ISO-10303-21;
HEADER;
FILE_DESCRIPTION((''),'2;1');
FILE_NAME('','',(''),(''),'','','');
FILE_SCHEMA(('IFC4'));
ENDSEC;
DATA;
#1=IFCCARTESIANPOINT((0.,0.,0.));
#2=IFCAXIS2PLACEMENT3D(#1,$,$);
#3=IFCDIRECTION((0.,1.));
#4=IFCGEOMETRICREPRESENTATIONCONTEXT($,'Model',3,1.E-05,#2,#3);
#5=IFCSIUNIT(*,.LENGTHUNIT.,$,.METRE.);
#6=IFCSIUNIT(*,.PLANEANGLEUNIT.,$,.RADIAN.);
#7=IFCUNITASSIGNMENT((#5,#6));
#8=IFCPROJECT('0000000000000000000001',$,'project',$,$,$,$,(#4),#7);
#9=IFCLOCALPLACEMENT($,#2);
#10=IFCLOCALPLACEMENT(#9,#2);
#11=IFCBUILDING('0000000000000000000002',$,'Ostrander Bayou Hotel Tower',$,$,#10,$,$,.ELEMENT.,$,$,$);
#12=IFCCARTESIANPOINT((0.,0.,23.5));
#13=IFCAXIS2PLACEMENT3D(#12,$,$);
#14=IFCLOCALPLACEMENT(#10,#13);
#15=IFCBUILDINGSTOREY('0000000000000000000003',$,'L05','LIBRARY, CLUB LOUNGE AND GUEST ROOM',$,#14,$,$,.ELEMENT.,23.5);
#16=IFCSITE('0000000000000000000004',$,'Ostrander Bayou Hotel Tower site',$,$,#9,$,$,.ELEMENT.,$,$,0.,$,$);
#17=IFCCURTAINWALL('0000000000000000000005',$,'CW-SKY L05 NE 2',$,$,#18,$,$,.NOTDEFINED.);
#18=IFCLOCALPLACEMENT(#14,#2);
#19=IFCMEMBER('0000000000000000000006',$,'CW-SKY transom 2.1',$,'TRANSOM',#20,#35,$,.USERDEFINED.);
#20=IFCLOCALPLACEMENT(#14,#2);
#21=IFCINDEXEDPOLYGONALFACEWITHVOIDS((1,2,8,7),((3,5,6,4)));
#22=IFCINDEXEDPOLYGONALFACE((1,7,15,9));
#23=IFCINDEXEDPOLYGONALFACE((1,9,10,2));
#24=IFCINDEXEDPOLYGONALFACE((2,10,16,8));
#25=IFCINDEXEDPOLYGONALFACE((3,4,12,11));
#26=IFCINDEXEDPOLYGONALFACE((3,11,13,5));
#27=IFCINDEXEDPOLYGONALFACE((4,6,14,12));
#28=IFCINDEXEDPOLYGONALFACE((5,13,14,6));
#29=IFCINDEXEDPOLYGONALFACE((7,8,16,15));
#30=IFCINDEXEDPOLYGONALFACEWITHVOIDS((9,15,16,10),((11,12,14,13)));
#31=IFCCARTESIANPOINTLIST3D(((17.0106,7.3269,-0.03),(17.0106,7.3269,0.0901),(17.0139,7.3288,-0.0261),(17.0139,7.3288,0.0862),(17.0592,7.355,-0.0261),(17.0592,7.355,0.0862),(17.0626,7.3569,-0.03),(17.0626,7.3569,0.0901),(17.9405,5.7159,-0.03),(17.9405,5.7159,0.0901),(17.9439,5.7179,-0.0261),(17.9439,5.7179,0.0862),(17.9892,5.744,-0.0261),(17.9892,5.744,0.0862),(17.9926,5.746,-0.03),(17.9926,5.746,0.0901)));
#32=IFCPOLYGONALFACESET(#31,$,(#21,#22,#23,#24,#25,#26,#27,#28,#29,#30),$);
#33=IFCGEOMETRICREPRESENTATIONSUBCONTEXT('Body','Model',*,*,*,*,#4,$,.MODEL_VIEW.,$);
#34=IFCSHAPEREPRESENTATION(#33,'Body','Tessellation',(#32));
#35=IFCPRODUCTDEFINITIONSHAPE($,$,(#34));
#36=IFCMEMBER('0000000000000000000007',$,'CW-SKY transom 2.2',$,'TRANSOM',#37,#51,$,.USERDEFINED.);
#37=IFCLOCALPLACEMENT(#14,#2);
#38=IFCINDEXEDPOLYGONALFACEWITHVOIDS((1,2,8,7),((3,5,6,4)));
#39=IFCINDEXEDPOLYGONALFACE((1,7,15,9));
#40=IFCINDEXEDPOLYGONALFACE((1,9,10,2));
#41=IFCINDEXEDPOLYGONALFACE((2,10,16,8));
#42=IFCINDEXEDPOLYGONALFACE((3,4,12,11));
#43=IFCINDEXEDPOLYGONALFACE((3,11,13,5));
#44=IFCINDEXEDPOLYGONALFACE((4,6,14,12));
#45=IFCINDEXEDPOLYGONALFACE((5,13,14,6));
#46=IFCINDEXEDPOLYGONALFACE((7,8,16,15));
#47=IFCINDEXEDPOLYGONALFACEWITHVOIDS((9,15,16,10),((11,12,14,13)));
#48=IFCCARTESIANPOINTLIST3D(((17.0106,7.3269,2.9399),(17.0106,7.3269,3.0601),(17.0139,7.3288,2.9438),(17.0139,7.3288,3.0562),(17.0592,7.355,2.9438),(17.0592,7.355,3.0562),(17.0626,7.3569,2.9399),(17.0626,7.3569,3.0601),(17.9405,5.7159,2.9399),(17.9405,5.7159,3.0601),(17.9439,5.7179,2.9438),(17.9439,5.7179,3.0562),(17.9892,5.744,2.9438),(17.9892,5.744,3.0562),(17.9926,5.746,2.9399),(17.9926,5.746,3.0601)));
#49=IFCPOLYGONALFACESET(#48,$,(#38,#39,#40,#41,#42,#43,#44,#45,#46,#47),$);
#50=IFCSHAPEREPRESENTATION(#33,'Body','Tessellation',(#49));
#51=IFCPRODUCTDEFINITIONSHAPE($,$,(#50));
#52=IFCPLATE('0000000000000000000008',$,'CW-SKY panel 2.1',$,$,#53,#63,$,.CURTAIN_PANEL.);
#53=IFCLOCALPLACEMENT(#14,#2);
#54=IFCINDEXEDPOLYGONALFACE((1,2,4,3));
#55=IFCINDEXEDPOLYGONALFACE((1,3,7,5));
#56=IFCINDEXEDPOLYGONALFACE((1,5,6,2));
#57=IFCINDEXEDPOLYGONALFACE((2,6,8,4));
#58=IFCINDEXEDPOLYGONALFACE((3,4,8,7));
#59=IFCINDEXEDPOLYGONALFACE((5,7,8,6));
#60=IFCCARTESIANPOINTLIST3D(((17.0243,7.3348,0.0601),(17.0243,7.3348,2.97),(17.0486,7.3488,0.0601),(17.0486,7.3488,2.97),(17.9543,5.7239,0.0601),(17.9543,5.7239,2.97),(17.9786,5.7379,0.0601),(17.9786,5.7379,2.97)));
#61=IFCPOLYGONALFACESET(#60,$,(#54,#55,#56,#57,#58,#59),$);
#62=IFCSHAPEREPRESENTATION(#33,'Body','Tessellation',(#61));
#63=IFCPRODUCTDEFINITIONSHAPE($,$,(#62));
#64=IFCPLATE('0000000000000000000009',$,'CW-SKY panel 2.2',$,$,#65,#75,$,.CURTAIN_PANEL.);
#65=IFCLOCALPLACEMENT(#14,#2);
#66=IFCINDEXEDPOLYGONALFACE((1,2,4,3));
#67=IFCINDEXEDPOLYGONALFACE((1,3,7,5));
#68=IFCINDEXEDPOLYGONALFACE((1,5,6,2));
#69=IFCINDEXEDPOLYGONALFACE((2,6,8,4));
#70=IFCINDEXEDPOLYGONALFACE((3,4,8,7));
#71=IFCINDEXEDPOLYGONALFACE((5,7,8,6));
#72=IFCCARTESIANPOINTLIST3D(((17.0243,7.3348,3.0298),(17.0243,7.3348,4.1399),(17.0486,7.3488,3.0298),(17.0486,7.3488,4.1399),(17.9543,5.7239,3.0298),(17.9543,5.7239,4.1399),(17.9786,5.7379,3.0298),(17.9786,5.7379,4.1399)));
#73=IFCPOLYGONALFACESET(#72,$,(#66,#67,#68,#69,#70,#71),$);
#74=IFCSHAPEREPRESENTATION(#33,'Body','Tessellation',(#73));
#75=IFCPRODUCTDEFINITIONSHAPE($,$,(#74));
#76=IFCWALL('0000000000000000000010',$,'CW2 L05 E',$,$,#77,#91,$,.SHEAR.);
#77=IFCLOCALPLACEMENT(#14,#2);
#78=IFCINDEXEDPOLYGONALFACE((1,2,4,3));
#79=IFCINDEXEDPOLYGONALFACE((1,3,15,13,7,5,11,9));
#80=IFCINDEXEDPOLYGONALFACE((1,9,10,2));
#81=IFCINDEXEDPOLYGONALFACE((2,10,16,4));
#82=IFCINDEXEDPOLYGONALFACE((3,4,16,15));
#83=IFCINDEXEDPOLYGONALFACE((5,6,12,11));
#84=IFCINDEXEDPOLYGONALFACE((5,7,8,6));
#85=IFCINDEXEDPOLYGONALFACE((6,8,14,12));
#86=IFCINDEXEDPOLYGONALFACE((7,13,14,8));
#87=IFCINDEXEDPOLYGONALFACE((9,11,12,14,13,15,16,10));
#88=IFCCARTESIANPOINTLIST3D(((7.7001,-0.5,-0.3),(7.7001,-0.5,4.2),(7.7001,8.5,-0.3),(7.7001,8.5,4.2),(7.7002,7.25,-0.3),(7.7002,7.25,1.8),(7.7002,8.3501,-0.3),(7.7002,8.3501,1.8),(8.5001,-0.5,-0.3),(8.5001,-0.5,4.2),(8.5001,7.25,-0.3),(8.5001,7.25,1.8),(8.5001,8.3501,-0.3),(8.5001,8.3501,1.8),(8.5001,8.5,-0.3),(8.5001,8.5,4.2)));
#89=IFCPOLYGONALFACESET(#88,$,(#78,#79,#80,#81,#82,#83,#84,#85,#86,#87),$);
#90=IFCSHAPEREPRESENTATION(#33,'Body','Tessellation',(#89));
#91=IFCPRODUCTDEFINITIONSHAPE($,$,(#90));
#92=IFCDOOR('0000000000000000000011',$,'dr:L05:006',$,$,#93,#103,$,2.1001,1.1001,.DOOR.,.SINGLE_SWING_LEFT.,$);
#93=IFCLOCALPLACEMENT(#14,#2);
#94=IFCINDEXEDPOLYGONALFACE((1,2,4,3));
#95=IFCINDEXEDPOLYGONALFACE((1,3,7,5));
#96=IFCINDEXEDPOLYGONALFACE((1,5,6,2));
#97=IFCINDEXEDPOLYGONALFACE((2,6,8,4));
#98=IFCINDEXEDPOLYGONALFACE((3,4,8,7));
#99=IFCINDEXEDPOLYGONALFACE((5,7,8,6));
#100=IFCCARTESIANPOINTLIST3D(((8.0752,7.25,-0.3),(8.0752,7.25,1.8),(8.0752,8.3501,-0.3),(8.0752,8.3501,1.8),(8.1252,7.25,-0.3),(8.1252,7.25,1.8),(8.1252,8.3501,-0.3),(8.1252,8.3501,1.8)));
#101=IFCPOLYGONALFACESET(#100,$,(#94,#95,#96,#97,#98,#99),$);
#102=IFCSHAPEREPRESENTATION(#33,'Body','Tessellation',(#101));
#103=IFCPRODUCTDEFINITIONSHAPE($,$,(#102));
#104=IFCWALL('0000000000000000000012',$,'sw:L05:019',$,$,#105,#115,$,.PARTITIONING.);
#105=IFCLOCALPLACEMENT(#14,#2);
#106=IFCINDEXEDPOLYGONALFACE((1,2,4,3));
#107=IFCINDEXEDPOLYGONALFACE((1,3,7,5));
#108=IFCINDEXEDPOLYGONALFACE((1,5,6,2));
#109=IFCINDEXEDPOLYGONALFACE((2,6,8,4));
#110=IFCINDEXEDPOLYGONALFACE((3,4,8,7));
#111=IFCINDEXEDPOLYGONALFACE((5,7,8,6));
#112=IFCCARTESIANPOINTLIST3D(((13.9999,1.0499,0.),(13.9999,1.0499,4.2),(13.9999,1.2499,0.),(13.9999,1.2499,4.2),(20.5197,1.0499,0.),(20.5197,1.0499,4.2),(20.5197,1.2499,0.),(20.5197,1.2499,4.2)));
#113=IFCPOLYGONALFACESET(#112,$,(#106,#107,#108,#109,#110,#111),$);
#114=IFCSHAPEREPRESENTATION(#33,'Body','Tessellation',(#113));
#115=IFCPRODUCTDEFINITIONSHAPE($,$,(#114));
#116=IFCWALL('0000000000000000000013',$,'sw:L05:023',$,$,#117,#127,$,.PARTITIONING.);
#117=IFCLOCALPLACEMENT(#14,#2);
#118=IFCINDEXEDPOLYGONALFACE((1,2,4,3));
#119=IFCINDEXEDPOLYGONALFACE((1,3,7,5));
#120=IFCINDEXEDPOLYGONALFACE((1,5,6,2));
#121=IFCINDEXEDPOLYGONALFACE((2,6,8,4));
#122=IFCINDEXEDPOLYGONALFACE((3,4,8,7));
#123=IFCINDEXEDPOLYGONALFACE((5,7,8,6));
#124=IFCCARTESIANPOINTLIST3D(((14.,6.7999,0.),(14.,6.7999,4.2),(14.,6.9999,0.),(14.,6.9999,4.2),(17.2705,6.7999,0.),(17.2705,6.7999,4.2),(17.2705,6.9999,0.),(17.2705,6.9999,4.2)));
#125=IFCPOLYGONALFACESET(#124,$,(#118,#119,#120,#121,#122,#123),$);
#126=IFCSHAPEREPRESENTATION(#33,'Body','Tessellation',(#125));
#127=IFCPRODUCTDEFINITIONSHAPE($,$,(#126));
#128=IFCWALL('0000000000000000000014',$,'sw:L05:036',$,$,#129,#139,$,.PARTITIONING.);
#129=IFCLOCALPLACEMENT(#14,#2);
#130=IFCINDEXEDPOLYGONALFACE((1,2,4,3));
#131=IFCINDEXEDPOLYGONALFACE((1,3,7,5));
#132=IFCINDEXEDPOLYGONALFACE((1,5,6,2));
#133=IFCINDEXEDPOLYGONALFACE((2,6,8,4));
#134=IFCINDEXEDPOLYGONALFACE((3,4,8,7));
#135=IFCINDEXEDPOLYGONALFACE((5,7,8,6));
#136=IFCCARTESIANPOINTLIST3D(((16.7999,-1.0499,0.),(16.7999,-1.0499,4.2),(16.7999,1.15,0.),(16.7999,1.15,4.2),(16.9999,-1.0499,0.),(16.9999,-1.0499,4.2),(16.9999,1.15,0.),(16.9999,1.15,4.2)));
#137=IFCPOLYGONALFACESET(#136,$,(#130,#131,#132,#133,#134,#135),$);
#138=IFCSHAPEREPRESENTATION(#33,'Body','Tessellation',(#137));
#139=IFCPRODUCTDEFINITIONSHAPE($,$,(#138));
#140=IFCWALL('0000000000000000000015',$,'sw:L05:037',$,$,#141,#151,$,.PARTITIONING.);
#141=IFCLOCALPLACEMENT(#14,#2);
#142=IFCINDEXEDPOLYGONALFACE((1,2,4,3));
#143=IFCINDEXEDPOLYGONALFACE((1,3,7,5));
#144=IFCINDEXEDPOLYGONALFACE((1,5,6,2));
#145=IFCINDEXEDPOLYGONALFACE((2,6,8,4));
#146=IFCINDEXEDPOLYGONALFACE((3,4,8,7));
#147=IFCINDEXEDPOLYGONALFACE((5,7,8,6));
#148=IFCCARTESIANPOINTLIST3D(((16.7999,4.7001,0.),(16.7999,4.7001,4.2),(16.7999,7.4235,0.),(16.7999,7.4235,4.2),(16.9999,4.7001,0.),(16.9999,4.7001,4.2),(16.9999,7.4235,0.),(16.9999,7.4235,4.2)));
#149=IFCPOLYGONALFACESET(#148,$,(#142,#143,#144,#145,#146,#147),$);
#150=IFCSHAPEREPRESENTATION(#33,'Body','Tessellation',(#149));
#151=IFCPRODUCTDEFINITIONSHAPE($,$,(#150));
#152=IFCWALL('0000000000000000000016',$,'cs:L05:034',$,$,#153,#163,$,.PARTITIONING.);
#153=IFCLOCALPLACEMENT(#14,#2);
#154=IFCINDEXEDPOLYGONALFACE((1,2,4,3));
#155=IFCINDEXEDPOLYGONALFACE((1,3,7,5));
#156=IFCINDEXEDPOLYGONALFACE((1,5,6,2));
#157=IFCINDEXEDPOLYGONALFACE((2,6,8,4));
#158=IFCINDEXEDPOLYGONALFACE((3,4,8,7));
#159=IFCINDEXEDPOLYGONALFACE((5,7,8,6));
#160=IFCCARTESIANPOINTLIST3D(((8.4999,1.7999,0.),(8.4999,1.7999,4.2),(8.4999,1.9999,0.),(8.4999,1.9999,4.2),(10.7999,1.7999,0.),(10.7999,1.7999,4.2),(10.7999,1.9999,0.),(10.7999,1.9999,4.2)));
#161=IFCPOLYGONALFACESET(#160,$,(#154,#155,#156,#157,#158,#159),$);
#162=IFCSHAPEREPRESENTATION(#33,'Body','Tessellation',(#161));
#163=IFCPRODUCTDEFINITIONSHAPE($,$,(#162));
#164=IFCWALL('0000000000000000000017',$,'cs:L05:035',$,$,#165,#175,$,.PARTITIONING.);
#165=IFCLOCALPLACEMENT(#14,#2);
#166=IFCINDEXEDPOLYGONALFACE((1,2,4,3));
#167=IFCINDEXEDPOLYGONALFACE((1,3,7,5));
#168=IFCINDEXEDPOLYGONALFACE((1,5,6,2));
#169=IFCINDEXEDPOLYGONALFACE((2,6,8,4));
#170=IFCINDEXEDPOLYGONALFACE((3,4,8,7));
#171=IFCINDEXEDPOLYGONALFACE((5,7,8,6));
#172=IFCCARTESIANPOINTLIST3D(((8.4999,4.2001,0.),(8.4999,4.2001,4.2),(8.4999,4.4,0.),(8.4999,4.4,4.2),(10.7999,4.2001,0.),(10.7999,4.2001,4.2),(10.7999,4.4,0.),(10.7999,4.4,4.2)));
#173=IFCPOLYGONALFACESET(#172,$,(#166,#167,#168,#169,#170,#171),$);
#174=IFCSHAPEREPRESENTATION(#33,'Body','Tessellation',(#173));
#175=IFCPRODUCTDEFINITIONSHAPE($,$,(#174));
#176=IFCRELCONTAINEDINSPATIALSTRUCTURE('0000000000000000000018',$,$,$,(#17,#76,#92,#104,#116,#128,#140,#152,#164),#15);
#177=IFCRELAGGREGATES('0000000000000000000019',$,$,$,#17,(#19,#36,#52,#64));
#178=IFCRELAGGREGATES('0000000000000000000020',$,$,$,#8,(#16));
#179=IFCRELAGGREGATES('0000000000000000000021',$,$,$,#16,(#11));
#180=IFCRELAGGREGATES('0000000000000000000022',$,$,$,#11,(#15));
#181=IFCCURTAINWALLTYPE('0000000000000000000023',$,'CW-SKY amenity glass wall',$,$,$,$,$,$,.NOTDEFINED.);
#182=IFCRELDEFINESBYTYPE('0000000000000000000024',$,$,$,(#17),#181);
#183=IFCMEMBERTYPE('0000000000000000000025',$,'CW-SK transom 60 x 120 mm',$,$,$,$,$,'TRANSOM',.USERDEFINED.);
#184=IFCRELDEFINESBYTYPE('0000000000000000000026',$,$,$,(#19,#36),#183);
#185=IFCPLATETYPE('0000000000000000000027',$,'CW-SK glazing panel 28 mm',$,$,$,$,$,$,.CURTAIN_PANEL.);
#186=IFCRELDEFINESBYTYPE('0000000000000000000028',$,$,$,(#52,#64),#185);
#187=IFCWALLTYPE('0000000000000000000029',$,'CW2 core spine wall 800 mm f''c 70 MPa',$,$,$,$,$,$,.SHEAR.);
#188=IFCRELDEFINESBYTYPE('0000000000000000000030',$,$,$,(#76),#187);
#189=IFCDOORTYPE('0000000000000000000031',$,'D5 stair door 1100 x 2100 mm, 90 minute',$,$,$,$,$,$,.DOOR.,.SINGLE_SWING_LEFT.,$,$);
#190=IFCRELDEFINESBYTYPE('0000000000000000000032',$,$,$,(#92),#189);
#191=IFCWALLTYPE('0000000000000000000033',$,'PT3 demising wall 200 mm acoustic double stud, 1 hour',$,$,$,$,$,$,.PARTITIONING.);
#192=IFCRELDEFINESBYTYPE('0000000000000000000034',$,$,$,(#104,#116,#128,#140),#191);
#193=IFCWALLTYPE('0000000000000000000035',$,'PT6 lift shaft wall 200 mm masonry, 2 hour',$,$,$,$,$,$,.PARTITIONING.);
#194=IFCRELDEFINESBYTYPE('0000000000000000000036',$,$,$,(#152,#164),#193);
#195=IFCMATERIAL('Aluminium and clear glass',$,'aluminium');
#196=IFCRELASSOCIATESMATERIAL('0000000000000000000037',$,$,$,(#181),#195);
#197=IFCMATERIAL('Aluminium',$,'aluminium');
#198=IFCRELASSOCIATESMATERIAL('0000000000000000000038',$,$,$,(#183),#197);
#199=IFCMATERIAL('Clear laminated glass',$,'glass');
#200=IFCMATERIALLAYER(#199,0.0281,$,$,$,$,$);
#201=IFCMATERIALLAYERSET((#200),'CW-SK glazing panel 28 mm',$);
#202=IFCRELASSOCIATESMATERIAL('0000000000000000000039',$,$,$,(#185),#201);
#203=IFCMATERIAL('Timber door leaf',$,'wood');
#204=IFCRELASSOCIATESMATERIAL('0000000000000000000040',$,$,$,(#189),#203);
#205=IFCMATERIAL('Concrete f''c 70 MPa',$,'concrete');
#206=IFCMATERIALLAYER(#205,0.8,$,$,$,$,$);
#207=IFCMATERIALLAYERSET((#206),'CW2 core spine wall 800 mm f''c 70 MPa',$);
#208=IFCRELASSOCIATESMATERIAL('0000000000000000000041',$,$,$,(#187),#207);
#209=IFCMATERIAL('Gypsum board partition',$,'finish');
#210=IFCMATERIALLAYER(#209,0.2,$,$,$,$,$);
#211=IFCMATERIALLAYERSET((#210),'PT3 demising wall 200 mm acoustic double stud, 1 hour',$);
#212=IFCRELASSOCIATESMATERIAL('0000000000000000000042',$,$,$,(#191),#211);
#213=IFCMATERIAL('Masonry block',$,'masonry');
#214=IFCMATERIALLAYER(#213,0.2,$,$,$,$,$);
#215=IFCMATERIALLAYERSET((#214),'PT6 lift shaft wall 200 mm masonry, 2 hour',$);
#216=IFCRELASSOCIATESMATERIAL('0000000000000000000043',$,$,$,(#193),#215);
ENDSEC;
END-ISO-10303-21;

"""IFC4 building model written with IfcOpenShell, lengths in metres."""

from ifc_helpers import new_model, si_unit, direction, frame, frame_2d, origin, origin_2d, place, context, subcontext, project, spatial, rectangle, hollow_rectangle, extrude, material, layer, layer_set, material_profile, profile_set, type_object, element, fill, aggregate, save


model = new_model("IFC4")

# Units and contexts
model_context = context("Model", 3, precision=1e-05, world=origin(), true_north=direction((0.0, 1.0)))
body_context = subcontext(model_context, "Body", "Model", "MODEL_VIEW")
ifc_project = project(units=[si_unit("LENGTHUNIT", "METRE"), si_unit("PLANEANGLEUNIT", "RADIAN")], contexts=[model_context])

# Site, building, storey
site_placement = place(None, origin())
site = spatial("IfcSite", under=ifc_project, at=site_placement, Name="Ostrander Bayou Hotel Tower site", CompositionType="ELEMENT", RefElevation=0.0)
building_placement = place(site_placement, origin())
building = spatial("IfcBuilding", under=site, at=building_placement, Name="Ostrander Bayou Hotel Tower", CompositionType="ELEMENT")
storey_placement = place(building_placement, frame((0.0, 0.0, 23.5)))
storey = spatial("IfcBuildingStorey", under=building, at=storey_placement, Name="L05", Description="LIBRARY, CLUB LOUNGE AND GUEST ROOM", CompositionType="ELEMENT", Elevation=23.5)

# Curtain wall, members, plates
ifc_material_1 = material(Name="Aluminium and clear glass", Category="aluminium")
curtain_wall_type = type_object("IfcCurtainWallType", Name="CW-SKY amenity glass wall", PredefinedType="NOTDEFINED", material=ifc_material_1)
curtain_wall_placement = place(storey_placement, origin())
curtain_wall = element("IfcCurtainWall", 1, at=curtain_wall_placement, inside=storey, type_object=curtain_wall_type, Name="CW-SKY L05 NE 2", PredefinedType="NOTDEFINED")
ifc_material_2 = material(Name="Aluminium", Category="aluminium")
ifc_material_profile = material_profile(ifc_material_2, hollow_rectangle(XDim=0.0601, YDim=0.1201, WallThickness=0.0039, at=origin_2d()))
ifc_profile_set = profile_set([ifc_material_profile], Name="Aluminium")
member_type = type_object("IfcMemberType", Name="CW-SK transom 60 x 120 mm", ElementType="TRANSOM", PredefinedType="USERDEFINED", material=ifc_profile_set)
member_1_placement = place(storey_placement, frame((17.9666, 5.731, 0.03), z_axis=(-0.499965, 0.866046, 0.0), x_axis=(-0.866046, -0.499965, 0.0)))
member_1 = element("IfcMember", 2, at=member_1_placement, type_object=member_type, Name="CW-SKY transom 2.1", ObjectType="TRANSOM", PredefinedType="USERDEFINED", context=body_context, shape_type="SweptSolid", body=[
    extrude(hollow_rectangle(XDim=0.0601, YDim=0.1201, WallThickness=0.0039, at=origin_2d()), origin(), (0.0, 0.0, 1.0), 1.8601),
])
member_2_placement = place(storey_placement, frame((17.9666, 5.731, 3.0), z_axis=(-0.499965, 0.866046, 0.0), x_axis=(-0.866046, -0.499965, 0.0)))
member_2 = element("IfcMember", 3, at=member_2_placement, type_object=member_type, Name="CW-SKY transom 2.2", ObjectType="TRANSOM", PredefinedType="USERDEFINED", context=body_context, shape_type="SweptSolid", body=[
    extrude(hollow_rectangle(XDim=0.0601, YDim=0.1201, WallThickness=0.0039, at=origin_2d()), origin(), (0.0, 0.0, 1.0), 1.8601),
])
ifc_material_3 = material(Name="Clear laminated glass", Category="glass")
ifc_layer_1 = layer(ifc_material_3, 0.0281)
ifc_layer_set_1 = layer_set([ifc_layer_1], Name="CW-SK glazing panel 28 mm")
plate_type = type_object("IfcPlateType", Name="CW-SK glazing panel 28 mm", PredefinedType="CURTAIN_PANEL", material=ifc_layer_set_1)
plate_1_placement = place(storey_placement, frame((17.5015, 6.5364, 0.0601), z_axis=(0.0, 0.0, 1.0), x_axis=(-0.5, 0.866025, 0.0)))
plate_1 = element("IfcPlate", 4, at=plate_1_placement, type_object=plate_type, Name="CW-SKY panel 2.1", PredefinedType="CURTAIN_PANEL", context=body_context, shape_type="SweptSolid", body=[
    extrude(rectangle(XDim=1.8601, YDim=0.0281, at=origin_2d()), origin(), (0.0, 0.0, 1.0), 2.9099),
])
plate_2_placement = place(storey_placement, frame((17.5015, 6.5364, 3.0298), z_axis=(0.0, 0.0, 1.0), x_axis=(-0.5, 0.866025, 0.0)))
plate_2 = element("IfcPlate", 5, at=plate_2_placement, type_object=plate_type, Name="CW-SKY panel 2.2", PredefinedType="CURTAIN_PANEL", context=body_context, shape_type="SweptSolid", body=[
    extrude(rectangle(XDim=1.8601, YDim=0.0281, at=origin_2d()), origin(), (0.0, 0.0, 1.0), 1.1101),
])
aggregate(curtain_wall, [member_1, member_2, plate_1, plate_2])

# Shared definitions
ifc_material_4 = material(Name="Timber door leaf", Category="wood")
door_type_1 = type_object("IfcDoorType", Name="D5 stair door 1100 x 2100 mm, 90 minute", OperationType="SINGLE_SWING_LEFT", PredefinedType="DOOR", material=ifc_material_4)

# Wall, opening, door
ifc_material_5 = material(Name="Concrete f'c 70 MPa", Category="concrete")
ifc_layer_2 = layer(ifc_material_5, 0.8)
ifc_layer_set_2 = layer_set([ifc_layer_2], Name="CW2 core spine wall 800 mm f'c 70 MPa")
wall_type_1 = type_object("IfcWallType", Name="CW2 core spine wall 800 mm f'c 70 MPa", PredefinedType="SHEAR", material=ifc_layer_set_2)
wall_1_placement = place(storey_placement, frame((8.1001, -0.5, -0.3), z_axis=(0.0, 0.0, 1.0), x_axis=(0.0, 1.0, 0.0)))
wall_1 = element("IfcWall", 6, at=wall_1_placement, inside=storey, type_object=wall_type_1, Name="CW2 L05 E", PredefinedType="SHEAR", context=body_context, shape_type="SweptSolid", body=[
    extrude(rectangle(XDim=9.0, YDim=0.8, at=frame_2d((4.5, 0.0))), origin(), (0.0, 0.0, 1.0), 4.5),
])
opening_1_placement = place(wall_1_placement, frame((7.75, 0.0, 0.0)))
opening_1 = element("IfcOpeningElement", 7, at=opening_1_placement, cuts=wall_1, PredefinedType="OPENING", context=body_context, shape_type="SweptSolid", body=[
    extrude(rectangle(XDim=1.1001, YDim=2.1001, at=frame_2d((0.55, 1.05))), frame((0.0, 0.3999, 0.0), z_axis=(0.0, -1.0, 0.0), x_axis=(1.0, 0.0, 0.0)), (0.0, 0.0, 1.0), 0.8),
])
door_1_placement = place(opening_1_placement, origin())
door_1 = element("IfcDoor", 8, at=door_1_placement, inside=storey, type_object=door_type_1, Name="dr:L05:006", OperationType="SINGLE_SWING_LEFT", OverallHeight=2.1001, OverallWidth=1.1001, PredefinedType="DOOR", context=body_context, shape_type="SweptSolid", body=[
    extrude(rectangle(XDim=1.1001, YDim=2.1001, at=frame_2d((0.55, 1.05))), frame((0.0, 0.0249, 0.0), z_axis=(0.0, -1.0, 0.0), x_axis=(1.0, 0.0, 0.0)), (0.0, 0.0, 1.0), 0.05),
])
fill(opening_1, door_1)
ifc_material_6 = material(Name="Gypsum board partition", Category="finish")
ifc_layer_3 = layer(ifc_material_6, 0.2)
ifc_layer_set_3 = layer_set([ifc_layer_3], Name="PT3 demising wall 200 mm acoustic double stud, 1 hour")
wall_type_2 = type_object("IfcWallType", Name="PT3 demising wall 200 mm acoustic double stud, 1 hour", PredefinedType="PARTITIONING", material=ifc_layer_set_3)

# Wall
wall_2_placement = place(storey_placement, frame((14.0, 1.1499, 0.0), z_axis=(0.0, 0.0, 1.0), x_axis=(1.0, 0.0, 0.0)))
element("IfcWall", 9, at=wall_2_placement, inside=storey, type_object=wall_type_2, Name="sw:L05:019", PredefinedType="PARTITIONING", context=body_context, shape_type="SweptSolid", body=[
    extrude(rectangle(XDim=6.5198, YDim=0.2, at=frame_2d((3.2598, 0.0))), origin(), (0.0, 0.0, 1.0), 4.2),
])

# Walls
wall_3_placement = place(storey_placement, frame((14.0, 6.8999, 0.0), z_axis=(0.0, 0.0, 1.0), x_axis=(1.0, 0.0, 0.0)))
element("IfcWall", 10, at=wall_3_placement, inside=storey, type_object=wall_type_2, Name="sw:L05:023", PredefinedType="PARTITIONING", context=body_context, shape_type="SweptSolid", body=[
    extrude(rectangle(XDim=3.2705, YDim=0.2, at=frame_2d((1.6353, 0.0))), origin(), (0.0, 0.0, 1.0), 4.2),
])
wall_4_placement = place(storey_placement, frame((16.8999, -1.05, 0.0), z_axis=(0.0, 0.0, 1.0), x_axis=(0.0, 1.0, 0.0)))
element("IfcWall", 11, at=wall_4_placement, inside=storey, type_object=wall_type_2, Name="sw:L05:036", PredefinedType="PARTITIONING", context=body_context, shape_type="SweptSolid", body=[
    extrude(rectangle(XDim=2.2, YDim=0.2, at=frame_2d((1.1001, 0.0))), origin(), (0.0, 0.0, 1.0), 4.2),
])
wall_5_placement = place(storey_placement, frame((16.8999, 4.7, 0.0), z_axis=(0.0, 0.0, 1.0), x_axis=(0.0, 1.0, 0.0)))
element("IfcWall", 12, at=wall_5_placement, inside=storey, type_object=wall_type_2, Name="sw:L05:037", PredefinedType="PARTITIONING", context=body_context, shape_type="SweptSolid", body=[
    extrude(rectangle(XDim=2.7234, YDim=0.2, at=frame_2d((1.3618, 0.0))), origin(), (0.0, 0.0, 1.0), 4.2),
])

# Walls
ifc_material_7 = material(Name="Masonry block", Category="masonry")
ifc_layer_4 = layer(ifc_material_7, 0.2)
ifc_layer_set_4 = layer_set([ifc_layer_4], Name="PT6 lift shaft wall 200 mm masonry, 2 hour")
wall_type_3 = type_object("IfcWallType", Name="PT6 lift shaft wall 200 mm masonry, 2 hour", PredefinedType="PARTITIONING", material=ifc_layer_set_4)
for number, where, z_axis, x_axis, name in (
    (13, (8.5, 1.8999, 0.0), (0.0, 0.0, 1.0), (1.0, 0.0, 0.0), "cs:L05:034"),
    (14, (8.5, 4.3, 0.0), (0.0, 0.0, 1.0), (1.0, 0.0, 0.0), "cs:L05:035"),
):
    element("IfcWall", number, at=place(storey_placement, frame(where, z_axis=z_axis, x_axis=x_axis)), inside=storey, type_object=wall_type_3, Name=name, PredefinedType="PARTITIONING", context=body_context, shape_type="SweptSolid", body=[
        extrude(rectangle(XDim=2.3, YDim=0.2, at=frame_2d((1.1499, 0.0))), origin(), (0.0, 0.0, 1.0), 4.2),
    ])

save(model, "model.ifc")
